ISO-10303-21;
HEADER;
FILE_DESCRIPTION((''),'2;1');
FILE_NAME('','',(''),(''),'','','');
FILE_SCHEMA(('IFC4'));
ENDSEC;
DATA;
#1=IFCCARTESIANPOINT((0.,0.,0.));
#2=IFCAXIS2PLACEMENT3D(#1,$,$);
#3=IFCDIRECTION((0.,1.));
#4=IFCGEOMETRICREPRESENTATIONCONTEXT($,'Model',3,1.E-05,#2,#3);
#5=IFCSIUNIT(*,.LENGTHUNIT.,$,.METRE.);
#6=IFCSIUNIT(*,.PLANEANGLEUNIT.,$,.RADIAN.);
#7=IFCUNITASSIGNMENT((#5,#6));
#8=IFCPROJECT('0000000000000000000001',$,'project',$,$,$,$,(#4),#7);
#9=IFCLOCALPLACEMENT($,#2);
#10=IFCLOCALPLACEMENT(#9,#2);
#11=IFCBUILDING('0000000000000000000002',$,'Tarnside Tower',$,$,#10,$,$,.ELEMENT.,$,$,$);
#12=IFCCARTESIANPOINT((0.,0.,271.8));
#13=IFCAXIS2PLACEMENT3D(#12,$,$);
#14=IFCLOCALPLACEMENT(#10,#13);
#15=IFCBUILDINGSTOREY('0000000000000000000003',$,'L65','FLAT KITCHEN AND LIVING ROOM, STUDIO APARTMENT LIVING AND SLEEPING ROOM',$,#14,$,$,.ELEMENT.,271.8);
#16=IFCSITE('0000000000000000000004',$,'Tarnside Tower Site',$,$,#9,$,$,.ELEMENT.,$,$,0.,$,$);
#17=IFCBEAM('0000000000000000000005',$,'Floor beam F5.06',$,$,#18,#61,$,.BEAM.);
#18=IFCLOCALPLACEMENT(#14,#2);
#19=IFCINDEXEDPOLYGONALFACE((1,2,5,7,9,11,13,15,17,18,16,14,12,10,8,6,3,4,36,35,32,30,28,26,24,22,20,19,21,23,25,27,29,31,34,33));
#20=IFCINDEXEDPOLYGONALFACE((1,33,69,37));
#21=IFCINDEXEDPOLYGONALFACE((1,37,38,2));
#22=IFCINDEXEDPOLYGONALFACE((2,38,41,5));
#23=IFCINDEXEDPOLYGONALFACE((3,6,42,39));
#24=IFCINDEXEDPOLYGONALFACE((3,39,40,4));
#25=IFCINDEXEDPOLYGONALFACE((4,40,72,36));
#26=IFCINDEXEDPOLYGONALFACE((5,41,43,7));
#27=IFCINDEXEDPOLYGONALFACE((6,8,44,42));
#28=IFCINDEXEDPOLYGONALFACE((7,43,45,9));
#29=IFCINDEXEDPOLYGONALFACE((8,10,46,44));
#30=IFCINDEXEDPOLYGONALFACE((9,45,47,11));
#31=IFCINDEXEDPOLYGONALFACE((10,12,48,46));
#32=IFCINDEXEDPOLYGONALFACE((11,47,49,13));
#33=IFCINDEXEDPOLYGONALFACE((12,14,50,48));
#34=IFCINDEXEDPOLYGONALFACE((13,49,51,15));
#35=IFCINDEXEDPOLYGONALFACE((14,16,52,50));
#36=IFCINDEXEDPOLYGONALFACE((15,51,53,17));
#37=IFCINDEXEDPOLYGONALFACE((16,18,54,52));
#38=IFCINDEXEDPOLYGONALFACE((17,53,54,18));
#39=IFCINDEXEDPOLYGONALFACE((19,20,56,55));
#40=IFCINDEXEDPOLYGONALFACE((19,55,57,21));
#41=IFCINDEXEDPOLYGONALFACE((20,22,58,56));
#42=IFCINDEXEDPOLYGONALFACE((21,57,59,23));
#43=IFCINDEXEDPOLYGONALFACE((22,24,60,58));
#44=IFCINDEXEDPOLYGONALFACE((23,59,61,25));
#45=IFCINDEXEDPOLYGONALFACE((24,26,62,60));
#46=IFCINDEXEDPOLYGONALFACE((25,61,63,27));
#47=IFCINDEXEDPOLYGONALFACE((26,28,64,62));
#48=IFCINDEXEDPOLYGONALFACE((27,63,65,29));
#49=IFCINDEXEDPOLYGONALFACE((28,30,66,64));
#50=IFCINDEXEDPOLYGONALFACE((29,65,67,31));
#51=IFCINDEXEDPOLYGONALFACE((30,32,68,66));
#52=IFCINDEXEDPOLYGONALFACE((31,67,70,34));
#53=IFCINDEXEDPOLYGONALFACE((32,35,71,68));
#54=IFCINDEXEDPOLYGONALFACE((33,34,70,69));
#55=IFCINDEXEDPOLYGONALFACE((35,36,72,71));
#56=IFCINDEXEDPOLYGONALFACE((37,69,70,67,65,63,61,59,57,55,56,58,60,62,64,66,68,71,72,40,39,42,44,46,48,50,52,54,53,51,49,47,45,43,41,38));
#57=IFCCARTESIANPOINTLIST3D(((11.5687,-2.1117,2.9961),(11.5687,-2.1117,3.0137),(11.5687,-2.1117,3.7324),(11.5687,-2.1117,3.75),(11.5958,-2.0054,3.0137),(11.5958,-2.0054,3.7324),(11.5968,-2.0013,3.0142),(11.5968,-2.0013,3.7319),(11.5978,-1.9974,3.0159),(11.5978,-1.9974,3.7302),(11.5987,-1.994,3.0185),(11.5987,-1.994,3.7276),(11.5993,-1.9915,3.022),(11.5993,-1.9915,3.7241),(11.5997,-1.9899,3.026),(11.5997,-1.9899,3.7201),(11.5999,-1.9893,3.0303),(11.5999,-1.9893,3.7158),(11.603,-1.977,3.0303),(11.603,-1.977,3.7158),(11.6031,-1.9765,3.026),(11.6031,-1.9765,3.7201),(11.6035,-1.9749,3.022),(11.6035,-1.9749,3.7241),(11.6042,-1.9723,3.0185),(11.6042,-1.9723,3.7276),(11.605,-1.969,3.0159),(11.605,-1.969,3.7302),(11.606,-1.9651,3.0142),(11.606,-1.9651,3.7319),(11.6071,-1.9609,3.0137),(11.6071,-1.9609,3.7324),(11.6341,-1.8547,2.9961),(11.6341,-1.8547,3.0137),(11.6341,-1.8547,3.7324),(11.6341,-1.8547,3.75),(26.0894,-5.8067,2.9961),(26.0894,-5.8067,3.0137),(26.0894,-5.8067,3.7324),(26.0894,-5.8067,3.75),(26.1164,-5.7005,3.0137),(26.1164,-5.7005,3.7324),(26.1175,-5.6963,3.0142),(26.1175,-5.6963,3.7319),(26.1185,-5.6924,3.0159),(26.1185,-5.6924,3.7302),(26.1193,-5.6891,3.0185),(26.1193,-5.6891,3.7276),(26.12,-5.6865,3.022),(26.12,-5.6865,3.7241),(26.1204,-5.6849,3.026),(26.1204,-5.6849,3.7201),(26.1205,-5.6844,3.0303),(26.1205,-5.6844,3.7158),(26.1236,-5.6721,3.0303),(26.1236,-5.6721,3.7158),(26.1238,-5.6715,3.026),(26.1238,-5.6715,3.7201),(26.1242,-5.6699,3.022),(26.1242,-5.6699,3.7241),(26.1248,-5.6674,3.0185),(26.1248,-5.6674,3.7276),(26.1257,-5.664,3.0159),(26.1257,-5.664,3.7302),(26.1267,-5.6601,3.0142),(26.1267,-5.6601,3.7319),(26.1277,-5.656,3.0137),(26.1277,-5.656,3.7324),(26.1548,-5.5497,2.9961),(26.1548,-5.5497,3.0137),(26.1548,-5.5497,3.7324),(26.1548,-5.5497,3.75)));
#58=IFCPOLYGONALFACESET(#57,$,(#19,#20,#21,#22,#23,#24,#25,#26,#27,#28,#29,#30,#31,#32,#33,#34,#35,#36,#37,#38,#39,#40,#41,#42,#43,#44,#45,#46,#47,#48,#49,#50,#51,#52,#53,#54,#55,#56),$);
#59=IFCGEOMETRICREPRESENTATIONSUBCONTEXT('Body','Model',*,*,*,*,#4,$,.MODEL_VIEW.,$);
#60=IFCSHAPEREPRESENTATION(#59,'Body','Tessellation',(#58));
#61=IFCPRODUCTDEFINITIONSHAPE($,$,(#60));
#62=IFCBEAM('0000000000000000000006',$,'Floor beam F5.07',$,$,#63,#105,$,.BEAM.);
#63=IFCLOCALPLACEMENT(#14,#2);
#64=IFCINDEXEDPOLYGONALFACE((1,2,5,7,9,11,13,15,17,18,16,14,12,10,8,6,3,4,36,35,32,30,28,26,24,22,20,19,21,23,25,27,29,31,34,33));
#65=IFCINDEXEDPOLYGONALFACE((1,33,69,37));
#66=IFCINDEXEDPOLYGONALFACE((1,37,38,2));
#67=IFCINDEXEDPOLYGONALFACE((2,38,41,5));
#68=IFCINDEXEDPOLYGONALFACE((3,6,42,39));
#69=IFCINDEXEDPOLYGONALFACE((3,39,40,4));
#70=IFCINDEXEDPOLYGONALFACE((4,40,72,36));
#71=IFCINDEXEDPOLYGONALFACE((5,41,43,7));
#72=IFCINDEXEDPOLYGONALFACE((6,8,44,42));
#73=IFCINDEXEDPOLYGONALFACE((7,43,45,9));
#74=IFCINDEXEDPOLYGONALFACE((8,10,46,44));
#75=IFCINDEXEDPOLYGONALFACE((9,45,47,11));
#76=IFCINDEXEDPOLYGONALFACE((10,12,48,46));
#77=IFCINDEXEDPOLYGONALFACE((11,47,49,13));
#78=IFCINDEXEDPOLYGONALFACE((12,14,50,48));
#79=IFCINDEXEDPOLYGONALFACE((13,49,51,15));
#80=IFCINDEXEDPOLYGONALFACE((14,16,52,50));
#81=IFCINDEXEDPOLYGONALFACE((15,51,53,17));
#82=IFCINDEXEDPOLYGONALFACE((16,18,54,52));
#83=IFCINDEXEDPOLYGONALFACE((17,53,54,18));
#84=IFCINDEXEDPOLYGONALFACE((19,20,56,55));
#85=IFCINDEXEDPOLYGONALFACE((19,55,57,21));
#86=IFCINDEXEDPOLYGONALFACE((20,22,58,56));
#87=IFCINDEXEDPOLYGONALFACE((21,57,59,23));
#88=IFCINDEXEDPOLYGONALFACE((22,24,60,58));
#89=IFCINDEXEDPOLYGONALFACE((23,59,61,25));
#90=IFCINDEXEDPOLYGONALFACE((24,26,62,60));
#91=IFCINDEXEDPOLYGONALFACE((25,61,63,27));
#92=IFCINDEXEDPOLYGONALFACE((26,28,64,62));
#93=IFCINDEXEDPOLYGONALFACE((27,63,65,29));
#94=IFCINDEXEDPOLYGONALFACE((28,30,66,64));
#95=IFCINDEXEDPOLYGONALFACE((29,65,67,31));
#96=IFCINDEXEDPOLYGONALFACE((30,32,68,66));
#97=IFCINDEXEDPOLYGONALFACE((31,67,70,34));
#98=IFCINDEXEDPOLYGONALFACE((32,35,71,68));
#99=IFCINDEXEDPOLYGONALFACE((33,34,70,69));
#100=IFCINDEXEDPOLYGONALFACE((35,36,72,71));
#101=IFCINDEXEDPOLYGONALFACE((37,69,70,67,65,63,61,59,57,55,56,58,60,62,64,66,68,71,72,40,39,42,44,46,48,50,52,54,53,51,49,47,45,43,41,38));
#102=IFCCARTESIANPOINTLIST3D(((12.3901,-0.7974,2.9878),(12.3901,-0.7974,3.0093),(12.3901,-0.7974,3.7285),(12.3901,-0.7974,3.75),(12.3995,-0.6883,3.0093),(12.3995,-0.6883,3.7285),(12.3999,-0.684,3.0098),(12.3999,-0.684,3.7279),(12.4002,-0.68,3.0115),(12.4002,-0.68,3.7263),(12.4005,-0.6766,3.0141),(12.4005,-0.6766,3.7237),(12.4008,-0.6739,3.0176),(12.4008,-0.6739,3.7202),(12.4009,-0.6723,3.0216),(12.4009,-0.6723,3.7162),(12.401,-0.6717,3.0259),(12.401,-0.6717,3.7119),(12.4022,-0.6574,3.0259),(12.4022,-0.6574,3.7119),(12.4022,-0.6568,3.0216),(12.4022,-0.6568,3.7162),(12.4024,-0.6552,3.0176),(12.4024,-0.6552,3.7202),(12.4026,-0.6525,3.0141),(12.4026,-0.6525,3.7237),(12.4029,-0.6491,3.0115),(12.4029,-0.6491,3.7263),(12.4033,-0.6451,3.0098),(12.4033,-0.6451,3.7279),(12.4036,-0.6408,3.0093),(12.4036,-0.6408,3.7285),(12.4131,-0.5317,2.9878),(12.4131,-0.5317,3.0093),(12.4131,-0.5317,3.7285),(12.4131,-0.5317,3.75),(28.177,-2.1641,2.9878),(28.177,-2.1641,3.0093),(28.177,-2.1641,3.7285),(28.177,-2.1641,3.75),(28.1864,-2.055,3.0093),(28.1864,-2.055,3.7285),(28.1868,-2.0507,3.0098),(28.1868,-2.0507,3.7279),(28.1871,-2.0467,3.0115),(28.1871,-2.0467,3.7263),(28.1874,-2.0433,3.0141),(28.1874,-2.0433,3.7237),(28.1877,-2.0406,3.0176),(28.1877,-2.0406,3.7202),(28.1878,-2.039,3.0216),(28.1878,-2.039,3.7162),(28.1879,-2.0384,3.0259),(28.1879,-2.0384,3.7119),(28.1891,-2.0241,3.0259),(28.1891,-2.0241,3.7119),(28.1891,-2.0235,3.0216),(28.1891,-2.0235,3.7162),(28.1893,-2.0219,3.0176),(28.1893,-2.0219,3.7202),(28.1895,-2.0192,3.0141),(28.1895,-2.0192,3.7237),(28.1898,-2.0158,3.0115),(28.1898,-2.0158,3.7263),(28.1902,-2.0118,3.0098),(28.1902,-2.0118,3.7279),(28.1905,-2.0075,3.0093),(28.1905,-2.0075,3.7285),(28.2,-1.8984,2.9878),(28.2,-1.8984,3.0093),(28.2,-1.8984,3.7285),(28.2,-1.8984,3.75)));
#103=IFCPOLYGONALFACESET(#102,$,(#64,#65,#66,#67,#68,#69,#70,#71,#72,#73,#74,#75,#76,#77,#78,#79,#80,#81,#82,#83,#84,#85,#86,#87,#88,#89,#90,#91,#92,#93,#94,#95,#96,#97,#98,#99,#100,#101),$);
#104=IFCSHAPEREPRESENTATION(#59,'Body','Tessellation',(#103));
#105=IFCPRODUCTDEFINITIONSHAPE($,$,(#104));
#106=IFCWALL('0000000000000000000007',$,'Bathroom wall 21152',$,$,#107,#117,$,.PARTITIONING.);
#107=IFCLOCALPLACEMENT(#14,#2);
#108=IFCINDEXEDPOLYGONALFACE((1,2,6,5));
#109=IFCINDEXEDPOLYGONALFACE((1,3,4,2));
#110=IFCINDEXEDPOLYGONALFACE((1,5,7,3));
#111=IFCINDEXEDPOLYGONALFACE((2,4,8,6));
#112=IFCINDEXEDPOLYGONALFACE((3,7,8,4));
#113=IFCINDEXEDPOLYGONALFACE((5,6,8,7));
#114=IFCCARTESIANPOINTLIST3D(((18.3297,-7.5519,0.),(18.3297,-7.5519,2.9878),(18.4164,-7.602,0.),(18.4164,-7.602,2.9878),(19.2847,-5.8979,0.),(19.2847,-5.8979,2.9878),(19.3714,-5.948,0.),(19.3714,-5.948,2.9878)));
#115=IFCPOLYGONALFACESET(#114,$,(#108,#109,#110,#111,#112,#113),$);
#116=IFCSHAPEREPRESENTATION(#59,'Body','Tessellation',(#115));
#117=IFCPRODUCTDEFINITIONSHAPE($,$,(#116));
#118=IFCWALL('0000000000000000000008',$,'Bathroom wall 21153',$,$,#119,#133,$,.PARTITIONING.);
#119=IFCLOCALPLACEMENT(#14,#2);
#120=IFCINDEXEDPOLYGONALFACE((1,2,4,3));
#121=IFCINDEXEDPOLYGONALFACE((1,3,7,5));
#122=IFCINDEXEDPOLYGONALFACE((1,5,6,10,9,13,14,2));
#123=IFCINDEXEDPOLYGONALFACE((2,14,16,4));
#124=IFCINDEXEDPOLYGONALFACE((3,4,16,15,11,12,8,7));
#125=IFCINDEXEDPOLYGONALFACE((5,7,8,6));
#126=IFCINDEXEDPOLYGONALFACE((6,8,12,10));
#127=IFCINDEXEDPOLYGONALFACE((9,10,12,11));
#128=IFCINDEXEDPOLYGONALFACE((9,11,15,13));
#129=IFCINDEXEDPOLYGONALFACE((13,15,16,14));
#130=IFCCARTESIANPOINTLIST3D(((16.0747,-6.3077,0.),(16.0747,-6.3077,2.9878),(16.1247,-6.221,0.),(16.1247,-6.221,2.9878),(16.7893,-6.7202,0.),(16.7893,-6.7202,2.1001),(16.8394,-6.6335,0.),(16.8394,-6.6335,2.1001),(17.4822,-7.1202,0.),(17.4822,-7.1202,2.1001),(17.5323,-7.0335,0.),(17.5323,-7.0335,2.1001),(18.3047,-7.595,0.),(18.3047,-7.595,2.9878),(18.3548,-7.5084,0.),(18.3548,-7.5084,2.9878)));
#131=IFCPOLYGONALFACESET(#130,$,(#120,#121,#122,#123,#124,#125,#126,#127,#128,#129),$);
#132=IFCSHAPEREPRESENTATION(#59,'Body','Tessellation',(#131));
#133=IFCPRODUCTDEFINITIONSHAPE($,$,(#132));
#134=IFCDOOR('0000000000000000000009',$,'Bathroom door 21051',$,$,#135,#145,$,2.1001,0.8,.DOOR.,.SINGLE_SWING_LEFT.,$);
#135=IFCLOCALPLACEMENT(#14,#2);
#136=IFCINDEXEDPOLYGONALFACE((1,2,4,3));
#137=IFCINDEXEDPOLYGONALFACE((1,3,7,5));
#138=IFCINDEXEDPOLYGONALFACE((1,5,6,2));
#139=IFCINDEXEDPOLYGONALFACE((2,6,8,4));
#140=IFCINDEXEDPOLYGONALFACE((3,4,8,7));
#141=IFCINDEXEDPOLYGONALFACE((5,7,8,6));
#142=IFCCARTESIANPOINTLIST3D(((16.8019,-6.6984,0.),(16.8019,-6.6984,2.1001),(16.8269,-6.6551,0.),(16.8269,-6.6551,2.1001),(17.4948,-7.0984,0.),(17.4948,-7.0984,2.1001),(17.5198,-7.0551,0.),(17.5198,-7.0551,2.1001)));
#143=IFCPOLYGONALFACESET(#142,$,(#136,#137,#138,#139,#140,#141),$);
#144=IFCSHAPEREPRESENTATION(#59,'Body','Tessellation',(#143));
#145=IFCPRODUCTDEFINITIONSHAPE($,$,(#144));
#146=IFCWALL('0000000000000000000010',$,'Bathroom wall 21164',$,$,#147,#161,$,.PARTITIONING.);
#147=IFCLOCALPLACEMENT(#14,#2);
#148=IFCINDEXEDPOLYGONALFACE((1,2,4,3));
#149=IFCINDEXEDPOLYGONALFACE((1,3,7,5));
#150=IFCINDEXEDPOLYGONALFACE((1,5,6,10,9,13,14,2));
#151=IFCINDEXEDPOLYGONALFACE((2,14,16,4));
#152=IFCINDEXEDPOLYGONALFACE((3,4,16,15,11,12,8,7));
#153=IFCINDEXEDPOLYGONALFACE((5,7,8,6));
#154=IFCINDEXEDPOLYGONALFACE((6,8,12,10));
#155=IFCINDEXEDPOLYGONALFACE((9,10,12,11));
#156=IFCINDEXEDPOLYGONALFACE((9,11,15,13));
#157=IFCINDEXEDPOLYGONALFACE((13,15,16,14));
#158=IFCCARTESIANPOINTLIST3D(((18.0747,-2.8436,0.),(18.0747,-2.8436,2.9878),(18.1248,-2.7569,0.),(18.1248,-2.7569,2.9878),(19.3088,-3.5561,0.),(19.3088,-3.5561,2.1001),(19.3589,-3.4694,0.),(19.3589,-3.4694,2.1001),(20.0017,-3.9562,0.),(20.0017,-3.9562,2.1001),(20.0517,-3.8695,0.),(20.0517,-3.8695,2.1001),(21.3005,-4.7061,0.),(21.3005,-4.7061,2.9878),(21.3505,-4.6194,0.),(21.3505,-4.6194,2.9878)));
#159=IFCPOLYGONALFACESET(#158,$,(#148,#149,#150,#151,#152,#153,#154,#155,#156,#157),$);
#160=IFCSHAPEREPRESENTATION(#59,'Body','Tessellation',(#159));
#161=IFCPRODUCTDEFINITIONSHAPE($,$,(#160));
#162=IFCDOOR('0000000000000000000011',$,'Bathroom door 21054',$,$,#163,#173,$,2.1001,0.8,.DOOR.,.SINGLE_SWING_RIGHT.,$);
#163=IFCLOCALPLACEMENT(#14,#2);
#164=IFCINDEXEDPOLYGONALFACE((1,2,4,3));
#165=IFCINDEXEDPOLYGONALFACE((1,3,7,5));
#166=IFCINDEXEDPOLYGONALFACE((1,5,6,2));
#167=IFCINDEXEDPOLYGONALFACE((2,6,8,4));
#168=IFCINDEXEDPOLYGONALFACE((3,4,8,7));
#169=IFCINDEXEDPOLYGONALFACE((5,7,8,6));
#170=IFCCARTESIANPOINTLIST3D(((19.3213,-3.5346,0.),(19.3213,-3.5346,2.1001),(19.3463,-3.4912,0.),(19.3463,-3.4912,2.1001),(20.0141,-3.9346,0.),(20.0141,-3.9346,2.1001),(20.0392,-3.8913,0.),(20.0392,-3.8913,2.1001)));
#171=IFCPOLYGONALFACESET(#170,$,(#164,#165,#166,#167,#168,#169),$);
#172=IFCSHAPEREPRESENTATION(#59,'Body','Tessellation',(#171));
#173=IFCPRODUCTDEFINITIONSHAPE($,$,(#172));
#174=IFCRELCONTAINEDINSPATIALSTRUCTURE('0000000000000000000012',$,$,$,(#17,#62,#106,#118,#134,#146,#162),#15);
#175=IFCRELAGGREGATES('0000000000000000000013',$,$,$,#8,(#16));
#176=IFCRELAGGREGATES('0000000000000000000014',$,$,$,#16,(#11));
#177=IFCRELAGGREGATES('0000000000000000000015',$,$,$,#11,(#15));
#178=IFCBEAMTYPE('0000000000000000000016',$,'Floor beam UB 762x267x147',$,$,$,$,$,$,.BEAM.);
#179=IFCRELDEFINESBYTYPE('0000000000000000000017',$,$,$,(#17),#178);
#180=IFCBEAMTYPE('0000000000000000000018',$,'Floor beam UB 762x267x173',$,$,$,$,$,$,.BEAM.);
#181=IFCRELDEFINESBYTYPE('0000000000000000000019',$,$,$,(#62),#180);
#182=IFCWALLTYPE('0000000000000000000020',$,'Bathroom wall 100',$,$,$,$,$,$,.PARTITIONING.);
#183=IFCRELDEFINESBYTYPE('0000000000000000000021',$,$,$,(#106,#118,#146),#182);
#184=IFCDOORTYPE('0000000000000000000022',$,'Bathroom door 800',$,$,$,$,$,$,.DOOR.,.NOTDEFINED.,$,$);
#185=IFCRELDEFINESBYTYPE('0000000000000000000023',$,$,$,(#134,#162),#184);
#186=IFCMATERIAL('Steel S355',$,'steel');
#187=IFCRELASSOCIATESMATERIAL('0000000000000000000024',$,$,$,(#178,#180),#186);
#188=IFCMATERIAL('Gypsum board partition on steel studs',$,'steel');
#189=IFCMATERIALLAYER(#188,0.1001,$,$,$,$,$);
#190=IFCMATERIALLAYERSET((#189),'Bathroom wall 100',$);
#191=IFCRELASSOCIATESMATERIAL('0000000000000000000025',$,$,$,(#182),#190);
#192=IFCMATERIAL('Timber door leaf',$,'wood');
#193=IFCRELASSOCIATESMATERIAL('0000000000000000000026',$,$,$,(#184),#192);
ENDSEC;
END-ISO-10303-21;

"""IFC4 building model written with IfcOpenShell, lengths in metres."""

from ifc_helpers import new_model, si_unit, direction, frame, frame_2d, origin, origin_2d, place, context, subcontext, project, spatial, rectangle, i_section, extrude, material, layer, layer_set, material_profile, profile_set, type_object, element, fill, save


model = new_model("IFC4")

# Units and contexts
model_context = context("Model", 3, precision=1e-05, world=origin(), true_north=direction((0.0, 1.0)))
body_context = subcontext(model_context, "Body", "Model", "MODEL_VIEW")
ifc_project = project(units=[si_unit("LENGTHUNIT", "METRE"), si_unit("PLANEANGLEUNIT", "RADIAN")], contexts=[model_context])

# Site, building, storey
site_placement = place(None, origin())
site = spatial("IfcSite", under=ifc_project, at=site_placement, Name="Tarnside Tower Site", CompositionType="ELEMENT", RefElevation=0.0)
building_placement = place(site_placement, origin())
building = spatial("IfcBuilding", under=site, at=building_placement, Name="Tarnside Tower", CompositionType="ELEMENT")
storey_placement = place(building_placement, frame((0.0, 0.0, 271.8)))
storey = spatial("IfcBuildingStorey", under=building, at=storey_placement, Name="L65", Description="FLAT KITCHEN AND LIVING ROOM, STUDIO APARTMENT LIVING AND SLEEPING ROOM", CompositionType="ELEMENT", Elevation=271.8)

# Beams
ifc_material_1 = material(Name="Steel S355", Category="steel")
ifc_material_profile_1 = material_profile(ifc_material_1, i_section(OverallWidth=0.2651, OverallDepth=0.7539, WebThickness=0.0127, FlangeThickness=0.0176, FilletRadius=0.0166, at=origin_2d()), Name="UB 762x267x147")
ifc_profile_set_1 = profile_set([ifc_material_profile_1], Name="Steel S355")
beam_type_1 = type_object("IfcBeamType", Name="Floor beam UB 762x267x147", PredefinedType="BEAM", material=ifc_profile_set_1)
beam_1_placement = place(storey_placement, frame((26.1221, -5.6782, 3.373), z_axis=(-0.969115, 0.246609, 0.0), x_axis=(-0.246609, -0.969115, 0.0)))
element("IfcBeam", 1, at=beam_1_placement, inside=storey, type_object=beam_type_1, Name="Floor beam F5.06", PredefinedType="BEAM", context=body_context, shape_type="SweptSolid", body=[
    extrude(i_section(OverallWidth=0.2651, OverallDepth=0.7539, WebThickness=0.0127, FlangeThickness=0.0176, FilletRadius=0.0166, at=origin_2d()), origin(), (0.0, 0.0, 1.0), 14.9834),
])
ifc_material_profile_2 = material_profile(ifc_material_1, i_section(OverallWidth=0.2666, OverallDepth=0.7622, WebThickness=0.0144, FlangeThickness=0.0215, FilletRadius=0.0166, at=origin_2d()), Name="UB 762x267x173")
ifc_profile_set_2 = profile_set([ifc_material_profile_2], Name="Steel S355")
beam_type_2 = type_object("IfcBeamType", Name="Floor beam UB 762x267x173", PredefinedType="BEAM", material=ifc_profile_set_2)
beam_2_placement = place(storey_placement, frame((28.1885, -2.0312, 3.3689), z_axis=(-0.996274, 0.086249, 0.0), x_axis=(-0.086249, -0.996274, 0.0)))
element("IfcBeam", 2, at=beam_2_placement, inside=storey, type_object=beam_type_2, Name="Floor beam F5.07", PredefinedType="BEAM", context=body_context, shape_type="SweptSolid", body=[
    extrude(i_section(OverallWidth=0.2666, OverallDepth=0.7622, WebThickness=0.0144, FlangeThickness=0.0215, FilletRadius=0.0166, at=origin_2d()), origin(), (0.0, 0.0, 1.0), 15.8459),
])

# Wall
ifc_material_2 = material(Name="Gypsum board partition on steel studs", Category="steel")
ifc_layer_1 = layer(ifc_material_2, 0.1001)
ifc_layer_set_1 = layer_set([ifc_layer_1], Name="Bathroom wall 100")
wall_type_1 = type_object("IfcWallType", Name="Bathroom wall 100", PredefinedType="PARTITIONING", material=ifc_layer_set_1)
wall_1_placement = place(storey_placement, frame((19.3281, -5.9229, 0.0), z_axis=(0.0, 0.0, 1.0), x_axis=(-0.500043, -0.866, 0.0)))
element("IfcWall", 3, at=wall_1_placement, inside=storey, type_object=wall_type_1, Name="Bathroom wall 21152", PredefinedType="PARTITIONING", context=body_context, shape_type="SweptSolid", body=[
    extrude(rectangle(XDim=1.9099, YDim=0.1001, at=frame_2d((0.9551, 0.0))), origin(), (0.0, 0.0, 1.0), 2.9878),
])

# Walls, openings, doors
wall_2_placement = place(storey_placement, frame((18.3298, -7.5518, 0.0), z_axis=(0.0, 0.0, 1.0), x_axis=(-0.866047, 0.499963, 0.0)))
wall_2 = element("IfcWall", 4, at=wall_2_placement, inside=storey, type_object=wall_type_1, Name="Bathroom wall 21153", PredefinedType="PARTITIONING", context=body_context, shape_type="SweptSolid", body=[
    extrude(rectangle(XDim=2.575, YDim=0.1001, at=frame_2d((1.2876, 0.0))), origin(), (0.0, 0.0, 1.0), 2.9878),
])
opening_1_placement = place(wall_2_placement, frame((0.95, 0.0, 0.0)))
opening_1 = element("IfcOpeningElement", 5, at=opening_1_placement, cuts=wall_2, PredefinedType="OPENING", context=body_context, shape_type="SweptSolid", body=[
    extrude(rectangle(XDim=0.8, YDim=2.1001, at=frame_2d((0.3999, 1.05))), frame((0.0, 0.0601, 0.0), z_axis=(0.0, -1.0, 0.0), x_axis=(1.0, 0.0, 0.0)), (0.0, 0.0, 1.0), 0.1201),
])
ifc_material_3 = material(Name="Timber door leaf", Category="wood")
door_type_1 = type_object("IfcDoorType", Name="Bathroom door 800", OperationType="NOTDEFINED", PredefinedType="DOOR", material=ifc_material_3)
door_1_placement = place(opening_1_placement, origin())
door_1 = element("IfcDoor", 6, at=door_1_placement, inside=storey, type_object=door_type_1, Name="Bathroom door 21051", OperationType="SINGLE_SWING_LEFT", OverallHeight=2.1001, OverallWidth=0.8, PredefinedType="DOOR", context=body_context, shape_type="SweptSolid", body=[
    extrude(rectangle(XDim=0.8, YDim=2.1001, at=frame_2d((0.3999, 1.05))), frame((0.0, 0.0249, 0.0), z_axis=(0.0, -1.0, 0.0), x_axis=(1.0, 0.0, 0.0)), (0.0, 0.0, 1.0), 0.05),
])
fill(opening_1, door_1)
wall_3_placement = place(storey_placement, frame((18.0999, -2.8003, 0.0), z_axis=(0.0, 0.0, 1.0), x_axis=(0.866012, -0.500023, 0.0)))
wall_3 = element("IfcWall", 7, at=wall_3_placement, inside=storey, type_object=wall_type_1, Name="Bathroom wall 21164", PredefinedType="PARTITIONING", context=body_context, shape_type="SweptSolid", body=[
    extrude(rectangle(XDim=3.7249, YDim=0.1001, at=frame_2d((1.8623, 0.0))), origin(), (0.0, 0.0, 1.0), 2.9878),
])
opening_2_placement = place(wall_3_placement, frame((1.425, 0.0, 0.0)))
opening_2 = element("IfcOpeningElement", 8, at=opening_2_placement, cuts=wall_3, PredefinedType="OPENING", context=body_context, shape_type="SweptSolid", body=[
    extrude(rectangle(XDim=0.8, YDim=2.1001, at=frame_2d((0.3999, 1.05))), frame((0.0, 0.0601, 0.0), z_axis=(0.0, -1.0, 0.0), x_axis=(1.0, 0.0, 0.0)), (0.0, 0.0, 1.0), 0.1201),
])
door_2_placement = place(opening_2_placement, origin())
door_2 = element("IfcDoor", 9, at=door_2_placement, inside=storey, type_object=door_type_1, Name="Bathroom door 21054", OperationType="SINGLE_SWING_RIGHT", OverallHeight=2.1001, OverallWidth=0.8, PredefinedType="DOOR", context=body_context, shape_type="SweptSolid", body=[
    extrude(rectangle(XDim=0.8, YDim=2.1001, at=frame_2d((0.3999, 1.05))), frame((0.0, 0.0249, 0.0), z_axis=(0.0, -1.0, 0.0), x_axis=(1.0, 0.0, 0.0)), (0.0, 0.0, 1.0), 0.05),
])
fill(opening_2, door_2)

save(model, "model.ifc")
